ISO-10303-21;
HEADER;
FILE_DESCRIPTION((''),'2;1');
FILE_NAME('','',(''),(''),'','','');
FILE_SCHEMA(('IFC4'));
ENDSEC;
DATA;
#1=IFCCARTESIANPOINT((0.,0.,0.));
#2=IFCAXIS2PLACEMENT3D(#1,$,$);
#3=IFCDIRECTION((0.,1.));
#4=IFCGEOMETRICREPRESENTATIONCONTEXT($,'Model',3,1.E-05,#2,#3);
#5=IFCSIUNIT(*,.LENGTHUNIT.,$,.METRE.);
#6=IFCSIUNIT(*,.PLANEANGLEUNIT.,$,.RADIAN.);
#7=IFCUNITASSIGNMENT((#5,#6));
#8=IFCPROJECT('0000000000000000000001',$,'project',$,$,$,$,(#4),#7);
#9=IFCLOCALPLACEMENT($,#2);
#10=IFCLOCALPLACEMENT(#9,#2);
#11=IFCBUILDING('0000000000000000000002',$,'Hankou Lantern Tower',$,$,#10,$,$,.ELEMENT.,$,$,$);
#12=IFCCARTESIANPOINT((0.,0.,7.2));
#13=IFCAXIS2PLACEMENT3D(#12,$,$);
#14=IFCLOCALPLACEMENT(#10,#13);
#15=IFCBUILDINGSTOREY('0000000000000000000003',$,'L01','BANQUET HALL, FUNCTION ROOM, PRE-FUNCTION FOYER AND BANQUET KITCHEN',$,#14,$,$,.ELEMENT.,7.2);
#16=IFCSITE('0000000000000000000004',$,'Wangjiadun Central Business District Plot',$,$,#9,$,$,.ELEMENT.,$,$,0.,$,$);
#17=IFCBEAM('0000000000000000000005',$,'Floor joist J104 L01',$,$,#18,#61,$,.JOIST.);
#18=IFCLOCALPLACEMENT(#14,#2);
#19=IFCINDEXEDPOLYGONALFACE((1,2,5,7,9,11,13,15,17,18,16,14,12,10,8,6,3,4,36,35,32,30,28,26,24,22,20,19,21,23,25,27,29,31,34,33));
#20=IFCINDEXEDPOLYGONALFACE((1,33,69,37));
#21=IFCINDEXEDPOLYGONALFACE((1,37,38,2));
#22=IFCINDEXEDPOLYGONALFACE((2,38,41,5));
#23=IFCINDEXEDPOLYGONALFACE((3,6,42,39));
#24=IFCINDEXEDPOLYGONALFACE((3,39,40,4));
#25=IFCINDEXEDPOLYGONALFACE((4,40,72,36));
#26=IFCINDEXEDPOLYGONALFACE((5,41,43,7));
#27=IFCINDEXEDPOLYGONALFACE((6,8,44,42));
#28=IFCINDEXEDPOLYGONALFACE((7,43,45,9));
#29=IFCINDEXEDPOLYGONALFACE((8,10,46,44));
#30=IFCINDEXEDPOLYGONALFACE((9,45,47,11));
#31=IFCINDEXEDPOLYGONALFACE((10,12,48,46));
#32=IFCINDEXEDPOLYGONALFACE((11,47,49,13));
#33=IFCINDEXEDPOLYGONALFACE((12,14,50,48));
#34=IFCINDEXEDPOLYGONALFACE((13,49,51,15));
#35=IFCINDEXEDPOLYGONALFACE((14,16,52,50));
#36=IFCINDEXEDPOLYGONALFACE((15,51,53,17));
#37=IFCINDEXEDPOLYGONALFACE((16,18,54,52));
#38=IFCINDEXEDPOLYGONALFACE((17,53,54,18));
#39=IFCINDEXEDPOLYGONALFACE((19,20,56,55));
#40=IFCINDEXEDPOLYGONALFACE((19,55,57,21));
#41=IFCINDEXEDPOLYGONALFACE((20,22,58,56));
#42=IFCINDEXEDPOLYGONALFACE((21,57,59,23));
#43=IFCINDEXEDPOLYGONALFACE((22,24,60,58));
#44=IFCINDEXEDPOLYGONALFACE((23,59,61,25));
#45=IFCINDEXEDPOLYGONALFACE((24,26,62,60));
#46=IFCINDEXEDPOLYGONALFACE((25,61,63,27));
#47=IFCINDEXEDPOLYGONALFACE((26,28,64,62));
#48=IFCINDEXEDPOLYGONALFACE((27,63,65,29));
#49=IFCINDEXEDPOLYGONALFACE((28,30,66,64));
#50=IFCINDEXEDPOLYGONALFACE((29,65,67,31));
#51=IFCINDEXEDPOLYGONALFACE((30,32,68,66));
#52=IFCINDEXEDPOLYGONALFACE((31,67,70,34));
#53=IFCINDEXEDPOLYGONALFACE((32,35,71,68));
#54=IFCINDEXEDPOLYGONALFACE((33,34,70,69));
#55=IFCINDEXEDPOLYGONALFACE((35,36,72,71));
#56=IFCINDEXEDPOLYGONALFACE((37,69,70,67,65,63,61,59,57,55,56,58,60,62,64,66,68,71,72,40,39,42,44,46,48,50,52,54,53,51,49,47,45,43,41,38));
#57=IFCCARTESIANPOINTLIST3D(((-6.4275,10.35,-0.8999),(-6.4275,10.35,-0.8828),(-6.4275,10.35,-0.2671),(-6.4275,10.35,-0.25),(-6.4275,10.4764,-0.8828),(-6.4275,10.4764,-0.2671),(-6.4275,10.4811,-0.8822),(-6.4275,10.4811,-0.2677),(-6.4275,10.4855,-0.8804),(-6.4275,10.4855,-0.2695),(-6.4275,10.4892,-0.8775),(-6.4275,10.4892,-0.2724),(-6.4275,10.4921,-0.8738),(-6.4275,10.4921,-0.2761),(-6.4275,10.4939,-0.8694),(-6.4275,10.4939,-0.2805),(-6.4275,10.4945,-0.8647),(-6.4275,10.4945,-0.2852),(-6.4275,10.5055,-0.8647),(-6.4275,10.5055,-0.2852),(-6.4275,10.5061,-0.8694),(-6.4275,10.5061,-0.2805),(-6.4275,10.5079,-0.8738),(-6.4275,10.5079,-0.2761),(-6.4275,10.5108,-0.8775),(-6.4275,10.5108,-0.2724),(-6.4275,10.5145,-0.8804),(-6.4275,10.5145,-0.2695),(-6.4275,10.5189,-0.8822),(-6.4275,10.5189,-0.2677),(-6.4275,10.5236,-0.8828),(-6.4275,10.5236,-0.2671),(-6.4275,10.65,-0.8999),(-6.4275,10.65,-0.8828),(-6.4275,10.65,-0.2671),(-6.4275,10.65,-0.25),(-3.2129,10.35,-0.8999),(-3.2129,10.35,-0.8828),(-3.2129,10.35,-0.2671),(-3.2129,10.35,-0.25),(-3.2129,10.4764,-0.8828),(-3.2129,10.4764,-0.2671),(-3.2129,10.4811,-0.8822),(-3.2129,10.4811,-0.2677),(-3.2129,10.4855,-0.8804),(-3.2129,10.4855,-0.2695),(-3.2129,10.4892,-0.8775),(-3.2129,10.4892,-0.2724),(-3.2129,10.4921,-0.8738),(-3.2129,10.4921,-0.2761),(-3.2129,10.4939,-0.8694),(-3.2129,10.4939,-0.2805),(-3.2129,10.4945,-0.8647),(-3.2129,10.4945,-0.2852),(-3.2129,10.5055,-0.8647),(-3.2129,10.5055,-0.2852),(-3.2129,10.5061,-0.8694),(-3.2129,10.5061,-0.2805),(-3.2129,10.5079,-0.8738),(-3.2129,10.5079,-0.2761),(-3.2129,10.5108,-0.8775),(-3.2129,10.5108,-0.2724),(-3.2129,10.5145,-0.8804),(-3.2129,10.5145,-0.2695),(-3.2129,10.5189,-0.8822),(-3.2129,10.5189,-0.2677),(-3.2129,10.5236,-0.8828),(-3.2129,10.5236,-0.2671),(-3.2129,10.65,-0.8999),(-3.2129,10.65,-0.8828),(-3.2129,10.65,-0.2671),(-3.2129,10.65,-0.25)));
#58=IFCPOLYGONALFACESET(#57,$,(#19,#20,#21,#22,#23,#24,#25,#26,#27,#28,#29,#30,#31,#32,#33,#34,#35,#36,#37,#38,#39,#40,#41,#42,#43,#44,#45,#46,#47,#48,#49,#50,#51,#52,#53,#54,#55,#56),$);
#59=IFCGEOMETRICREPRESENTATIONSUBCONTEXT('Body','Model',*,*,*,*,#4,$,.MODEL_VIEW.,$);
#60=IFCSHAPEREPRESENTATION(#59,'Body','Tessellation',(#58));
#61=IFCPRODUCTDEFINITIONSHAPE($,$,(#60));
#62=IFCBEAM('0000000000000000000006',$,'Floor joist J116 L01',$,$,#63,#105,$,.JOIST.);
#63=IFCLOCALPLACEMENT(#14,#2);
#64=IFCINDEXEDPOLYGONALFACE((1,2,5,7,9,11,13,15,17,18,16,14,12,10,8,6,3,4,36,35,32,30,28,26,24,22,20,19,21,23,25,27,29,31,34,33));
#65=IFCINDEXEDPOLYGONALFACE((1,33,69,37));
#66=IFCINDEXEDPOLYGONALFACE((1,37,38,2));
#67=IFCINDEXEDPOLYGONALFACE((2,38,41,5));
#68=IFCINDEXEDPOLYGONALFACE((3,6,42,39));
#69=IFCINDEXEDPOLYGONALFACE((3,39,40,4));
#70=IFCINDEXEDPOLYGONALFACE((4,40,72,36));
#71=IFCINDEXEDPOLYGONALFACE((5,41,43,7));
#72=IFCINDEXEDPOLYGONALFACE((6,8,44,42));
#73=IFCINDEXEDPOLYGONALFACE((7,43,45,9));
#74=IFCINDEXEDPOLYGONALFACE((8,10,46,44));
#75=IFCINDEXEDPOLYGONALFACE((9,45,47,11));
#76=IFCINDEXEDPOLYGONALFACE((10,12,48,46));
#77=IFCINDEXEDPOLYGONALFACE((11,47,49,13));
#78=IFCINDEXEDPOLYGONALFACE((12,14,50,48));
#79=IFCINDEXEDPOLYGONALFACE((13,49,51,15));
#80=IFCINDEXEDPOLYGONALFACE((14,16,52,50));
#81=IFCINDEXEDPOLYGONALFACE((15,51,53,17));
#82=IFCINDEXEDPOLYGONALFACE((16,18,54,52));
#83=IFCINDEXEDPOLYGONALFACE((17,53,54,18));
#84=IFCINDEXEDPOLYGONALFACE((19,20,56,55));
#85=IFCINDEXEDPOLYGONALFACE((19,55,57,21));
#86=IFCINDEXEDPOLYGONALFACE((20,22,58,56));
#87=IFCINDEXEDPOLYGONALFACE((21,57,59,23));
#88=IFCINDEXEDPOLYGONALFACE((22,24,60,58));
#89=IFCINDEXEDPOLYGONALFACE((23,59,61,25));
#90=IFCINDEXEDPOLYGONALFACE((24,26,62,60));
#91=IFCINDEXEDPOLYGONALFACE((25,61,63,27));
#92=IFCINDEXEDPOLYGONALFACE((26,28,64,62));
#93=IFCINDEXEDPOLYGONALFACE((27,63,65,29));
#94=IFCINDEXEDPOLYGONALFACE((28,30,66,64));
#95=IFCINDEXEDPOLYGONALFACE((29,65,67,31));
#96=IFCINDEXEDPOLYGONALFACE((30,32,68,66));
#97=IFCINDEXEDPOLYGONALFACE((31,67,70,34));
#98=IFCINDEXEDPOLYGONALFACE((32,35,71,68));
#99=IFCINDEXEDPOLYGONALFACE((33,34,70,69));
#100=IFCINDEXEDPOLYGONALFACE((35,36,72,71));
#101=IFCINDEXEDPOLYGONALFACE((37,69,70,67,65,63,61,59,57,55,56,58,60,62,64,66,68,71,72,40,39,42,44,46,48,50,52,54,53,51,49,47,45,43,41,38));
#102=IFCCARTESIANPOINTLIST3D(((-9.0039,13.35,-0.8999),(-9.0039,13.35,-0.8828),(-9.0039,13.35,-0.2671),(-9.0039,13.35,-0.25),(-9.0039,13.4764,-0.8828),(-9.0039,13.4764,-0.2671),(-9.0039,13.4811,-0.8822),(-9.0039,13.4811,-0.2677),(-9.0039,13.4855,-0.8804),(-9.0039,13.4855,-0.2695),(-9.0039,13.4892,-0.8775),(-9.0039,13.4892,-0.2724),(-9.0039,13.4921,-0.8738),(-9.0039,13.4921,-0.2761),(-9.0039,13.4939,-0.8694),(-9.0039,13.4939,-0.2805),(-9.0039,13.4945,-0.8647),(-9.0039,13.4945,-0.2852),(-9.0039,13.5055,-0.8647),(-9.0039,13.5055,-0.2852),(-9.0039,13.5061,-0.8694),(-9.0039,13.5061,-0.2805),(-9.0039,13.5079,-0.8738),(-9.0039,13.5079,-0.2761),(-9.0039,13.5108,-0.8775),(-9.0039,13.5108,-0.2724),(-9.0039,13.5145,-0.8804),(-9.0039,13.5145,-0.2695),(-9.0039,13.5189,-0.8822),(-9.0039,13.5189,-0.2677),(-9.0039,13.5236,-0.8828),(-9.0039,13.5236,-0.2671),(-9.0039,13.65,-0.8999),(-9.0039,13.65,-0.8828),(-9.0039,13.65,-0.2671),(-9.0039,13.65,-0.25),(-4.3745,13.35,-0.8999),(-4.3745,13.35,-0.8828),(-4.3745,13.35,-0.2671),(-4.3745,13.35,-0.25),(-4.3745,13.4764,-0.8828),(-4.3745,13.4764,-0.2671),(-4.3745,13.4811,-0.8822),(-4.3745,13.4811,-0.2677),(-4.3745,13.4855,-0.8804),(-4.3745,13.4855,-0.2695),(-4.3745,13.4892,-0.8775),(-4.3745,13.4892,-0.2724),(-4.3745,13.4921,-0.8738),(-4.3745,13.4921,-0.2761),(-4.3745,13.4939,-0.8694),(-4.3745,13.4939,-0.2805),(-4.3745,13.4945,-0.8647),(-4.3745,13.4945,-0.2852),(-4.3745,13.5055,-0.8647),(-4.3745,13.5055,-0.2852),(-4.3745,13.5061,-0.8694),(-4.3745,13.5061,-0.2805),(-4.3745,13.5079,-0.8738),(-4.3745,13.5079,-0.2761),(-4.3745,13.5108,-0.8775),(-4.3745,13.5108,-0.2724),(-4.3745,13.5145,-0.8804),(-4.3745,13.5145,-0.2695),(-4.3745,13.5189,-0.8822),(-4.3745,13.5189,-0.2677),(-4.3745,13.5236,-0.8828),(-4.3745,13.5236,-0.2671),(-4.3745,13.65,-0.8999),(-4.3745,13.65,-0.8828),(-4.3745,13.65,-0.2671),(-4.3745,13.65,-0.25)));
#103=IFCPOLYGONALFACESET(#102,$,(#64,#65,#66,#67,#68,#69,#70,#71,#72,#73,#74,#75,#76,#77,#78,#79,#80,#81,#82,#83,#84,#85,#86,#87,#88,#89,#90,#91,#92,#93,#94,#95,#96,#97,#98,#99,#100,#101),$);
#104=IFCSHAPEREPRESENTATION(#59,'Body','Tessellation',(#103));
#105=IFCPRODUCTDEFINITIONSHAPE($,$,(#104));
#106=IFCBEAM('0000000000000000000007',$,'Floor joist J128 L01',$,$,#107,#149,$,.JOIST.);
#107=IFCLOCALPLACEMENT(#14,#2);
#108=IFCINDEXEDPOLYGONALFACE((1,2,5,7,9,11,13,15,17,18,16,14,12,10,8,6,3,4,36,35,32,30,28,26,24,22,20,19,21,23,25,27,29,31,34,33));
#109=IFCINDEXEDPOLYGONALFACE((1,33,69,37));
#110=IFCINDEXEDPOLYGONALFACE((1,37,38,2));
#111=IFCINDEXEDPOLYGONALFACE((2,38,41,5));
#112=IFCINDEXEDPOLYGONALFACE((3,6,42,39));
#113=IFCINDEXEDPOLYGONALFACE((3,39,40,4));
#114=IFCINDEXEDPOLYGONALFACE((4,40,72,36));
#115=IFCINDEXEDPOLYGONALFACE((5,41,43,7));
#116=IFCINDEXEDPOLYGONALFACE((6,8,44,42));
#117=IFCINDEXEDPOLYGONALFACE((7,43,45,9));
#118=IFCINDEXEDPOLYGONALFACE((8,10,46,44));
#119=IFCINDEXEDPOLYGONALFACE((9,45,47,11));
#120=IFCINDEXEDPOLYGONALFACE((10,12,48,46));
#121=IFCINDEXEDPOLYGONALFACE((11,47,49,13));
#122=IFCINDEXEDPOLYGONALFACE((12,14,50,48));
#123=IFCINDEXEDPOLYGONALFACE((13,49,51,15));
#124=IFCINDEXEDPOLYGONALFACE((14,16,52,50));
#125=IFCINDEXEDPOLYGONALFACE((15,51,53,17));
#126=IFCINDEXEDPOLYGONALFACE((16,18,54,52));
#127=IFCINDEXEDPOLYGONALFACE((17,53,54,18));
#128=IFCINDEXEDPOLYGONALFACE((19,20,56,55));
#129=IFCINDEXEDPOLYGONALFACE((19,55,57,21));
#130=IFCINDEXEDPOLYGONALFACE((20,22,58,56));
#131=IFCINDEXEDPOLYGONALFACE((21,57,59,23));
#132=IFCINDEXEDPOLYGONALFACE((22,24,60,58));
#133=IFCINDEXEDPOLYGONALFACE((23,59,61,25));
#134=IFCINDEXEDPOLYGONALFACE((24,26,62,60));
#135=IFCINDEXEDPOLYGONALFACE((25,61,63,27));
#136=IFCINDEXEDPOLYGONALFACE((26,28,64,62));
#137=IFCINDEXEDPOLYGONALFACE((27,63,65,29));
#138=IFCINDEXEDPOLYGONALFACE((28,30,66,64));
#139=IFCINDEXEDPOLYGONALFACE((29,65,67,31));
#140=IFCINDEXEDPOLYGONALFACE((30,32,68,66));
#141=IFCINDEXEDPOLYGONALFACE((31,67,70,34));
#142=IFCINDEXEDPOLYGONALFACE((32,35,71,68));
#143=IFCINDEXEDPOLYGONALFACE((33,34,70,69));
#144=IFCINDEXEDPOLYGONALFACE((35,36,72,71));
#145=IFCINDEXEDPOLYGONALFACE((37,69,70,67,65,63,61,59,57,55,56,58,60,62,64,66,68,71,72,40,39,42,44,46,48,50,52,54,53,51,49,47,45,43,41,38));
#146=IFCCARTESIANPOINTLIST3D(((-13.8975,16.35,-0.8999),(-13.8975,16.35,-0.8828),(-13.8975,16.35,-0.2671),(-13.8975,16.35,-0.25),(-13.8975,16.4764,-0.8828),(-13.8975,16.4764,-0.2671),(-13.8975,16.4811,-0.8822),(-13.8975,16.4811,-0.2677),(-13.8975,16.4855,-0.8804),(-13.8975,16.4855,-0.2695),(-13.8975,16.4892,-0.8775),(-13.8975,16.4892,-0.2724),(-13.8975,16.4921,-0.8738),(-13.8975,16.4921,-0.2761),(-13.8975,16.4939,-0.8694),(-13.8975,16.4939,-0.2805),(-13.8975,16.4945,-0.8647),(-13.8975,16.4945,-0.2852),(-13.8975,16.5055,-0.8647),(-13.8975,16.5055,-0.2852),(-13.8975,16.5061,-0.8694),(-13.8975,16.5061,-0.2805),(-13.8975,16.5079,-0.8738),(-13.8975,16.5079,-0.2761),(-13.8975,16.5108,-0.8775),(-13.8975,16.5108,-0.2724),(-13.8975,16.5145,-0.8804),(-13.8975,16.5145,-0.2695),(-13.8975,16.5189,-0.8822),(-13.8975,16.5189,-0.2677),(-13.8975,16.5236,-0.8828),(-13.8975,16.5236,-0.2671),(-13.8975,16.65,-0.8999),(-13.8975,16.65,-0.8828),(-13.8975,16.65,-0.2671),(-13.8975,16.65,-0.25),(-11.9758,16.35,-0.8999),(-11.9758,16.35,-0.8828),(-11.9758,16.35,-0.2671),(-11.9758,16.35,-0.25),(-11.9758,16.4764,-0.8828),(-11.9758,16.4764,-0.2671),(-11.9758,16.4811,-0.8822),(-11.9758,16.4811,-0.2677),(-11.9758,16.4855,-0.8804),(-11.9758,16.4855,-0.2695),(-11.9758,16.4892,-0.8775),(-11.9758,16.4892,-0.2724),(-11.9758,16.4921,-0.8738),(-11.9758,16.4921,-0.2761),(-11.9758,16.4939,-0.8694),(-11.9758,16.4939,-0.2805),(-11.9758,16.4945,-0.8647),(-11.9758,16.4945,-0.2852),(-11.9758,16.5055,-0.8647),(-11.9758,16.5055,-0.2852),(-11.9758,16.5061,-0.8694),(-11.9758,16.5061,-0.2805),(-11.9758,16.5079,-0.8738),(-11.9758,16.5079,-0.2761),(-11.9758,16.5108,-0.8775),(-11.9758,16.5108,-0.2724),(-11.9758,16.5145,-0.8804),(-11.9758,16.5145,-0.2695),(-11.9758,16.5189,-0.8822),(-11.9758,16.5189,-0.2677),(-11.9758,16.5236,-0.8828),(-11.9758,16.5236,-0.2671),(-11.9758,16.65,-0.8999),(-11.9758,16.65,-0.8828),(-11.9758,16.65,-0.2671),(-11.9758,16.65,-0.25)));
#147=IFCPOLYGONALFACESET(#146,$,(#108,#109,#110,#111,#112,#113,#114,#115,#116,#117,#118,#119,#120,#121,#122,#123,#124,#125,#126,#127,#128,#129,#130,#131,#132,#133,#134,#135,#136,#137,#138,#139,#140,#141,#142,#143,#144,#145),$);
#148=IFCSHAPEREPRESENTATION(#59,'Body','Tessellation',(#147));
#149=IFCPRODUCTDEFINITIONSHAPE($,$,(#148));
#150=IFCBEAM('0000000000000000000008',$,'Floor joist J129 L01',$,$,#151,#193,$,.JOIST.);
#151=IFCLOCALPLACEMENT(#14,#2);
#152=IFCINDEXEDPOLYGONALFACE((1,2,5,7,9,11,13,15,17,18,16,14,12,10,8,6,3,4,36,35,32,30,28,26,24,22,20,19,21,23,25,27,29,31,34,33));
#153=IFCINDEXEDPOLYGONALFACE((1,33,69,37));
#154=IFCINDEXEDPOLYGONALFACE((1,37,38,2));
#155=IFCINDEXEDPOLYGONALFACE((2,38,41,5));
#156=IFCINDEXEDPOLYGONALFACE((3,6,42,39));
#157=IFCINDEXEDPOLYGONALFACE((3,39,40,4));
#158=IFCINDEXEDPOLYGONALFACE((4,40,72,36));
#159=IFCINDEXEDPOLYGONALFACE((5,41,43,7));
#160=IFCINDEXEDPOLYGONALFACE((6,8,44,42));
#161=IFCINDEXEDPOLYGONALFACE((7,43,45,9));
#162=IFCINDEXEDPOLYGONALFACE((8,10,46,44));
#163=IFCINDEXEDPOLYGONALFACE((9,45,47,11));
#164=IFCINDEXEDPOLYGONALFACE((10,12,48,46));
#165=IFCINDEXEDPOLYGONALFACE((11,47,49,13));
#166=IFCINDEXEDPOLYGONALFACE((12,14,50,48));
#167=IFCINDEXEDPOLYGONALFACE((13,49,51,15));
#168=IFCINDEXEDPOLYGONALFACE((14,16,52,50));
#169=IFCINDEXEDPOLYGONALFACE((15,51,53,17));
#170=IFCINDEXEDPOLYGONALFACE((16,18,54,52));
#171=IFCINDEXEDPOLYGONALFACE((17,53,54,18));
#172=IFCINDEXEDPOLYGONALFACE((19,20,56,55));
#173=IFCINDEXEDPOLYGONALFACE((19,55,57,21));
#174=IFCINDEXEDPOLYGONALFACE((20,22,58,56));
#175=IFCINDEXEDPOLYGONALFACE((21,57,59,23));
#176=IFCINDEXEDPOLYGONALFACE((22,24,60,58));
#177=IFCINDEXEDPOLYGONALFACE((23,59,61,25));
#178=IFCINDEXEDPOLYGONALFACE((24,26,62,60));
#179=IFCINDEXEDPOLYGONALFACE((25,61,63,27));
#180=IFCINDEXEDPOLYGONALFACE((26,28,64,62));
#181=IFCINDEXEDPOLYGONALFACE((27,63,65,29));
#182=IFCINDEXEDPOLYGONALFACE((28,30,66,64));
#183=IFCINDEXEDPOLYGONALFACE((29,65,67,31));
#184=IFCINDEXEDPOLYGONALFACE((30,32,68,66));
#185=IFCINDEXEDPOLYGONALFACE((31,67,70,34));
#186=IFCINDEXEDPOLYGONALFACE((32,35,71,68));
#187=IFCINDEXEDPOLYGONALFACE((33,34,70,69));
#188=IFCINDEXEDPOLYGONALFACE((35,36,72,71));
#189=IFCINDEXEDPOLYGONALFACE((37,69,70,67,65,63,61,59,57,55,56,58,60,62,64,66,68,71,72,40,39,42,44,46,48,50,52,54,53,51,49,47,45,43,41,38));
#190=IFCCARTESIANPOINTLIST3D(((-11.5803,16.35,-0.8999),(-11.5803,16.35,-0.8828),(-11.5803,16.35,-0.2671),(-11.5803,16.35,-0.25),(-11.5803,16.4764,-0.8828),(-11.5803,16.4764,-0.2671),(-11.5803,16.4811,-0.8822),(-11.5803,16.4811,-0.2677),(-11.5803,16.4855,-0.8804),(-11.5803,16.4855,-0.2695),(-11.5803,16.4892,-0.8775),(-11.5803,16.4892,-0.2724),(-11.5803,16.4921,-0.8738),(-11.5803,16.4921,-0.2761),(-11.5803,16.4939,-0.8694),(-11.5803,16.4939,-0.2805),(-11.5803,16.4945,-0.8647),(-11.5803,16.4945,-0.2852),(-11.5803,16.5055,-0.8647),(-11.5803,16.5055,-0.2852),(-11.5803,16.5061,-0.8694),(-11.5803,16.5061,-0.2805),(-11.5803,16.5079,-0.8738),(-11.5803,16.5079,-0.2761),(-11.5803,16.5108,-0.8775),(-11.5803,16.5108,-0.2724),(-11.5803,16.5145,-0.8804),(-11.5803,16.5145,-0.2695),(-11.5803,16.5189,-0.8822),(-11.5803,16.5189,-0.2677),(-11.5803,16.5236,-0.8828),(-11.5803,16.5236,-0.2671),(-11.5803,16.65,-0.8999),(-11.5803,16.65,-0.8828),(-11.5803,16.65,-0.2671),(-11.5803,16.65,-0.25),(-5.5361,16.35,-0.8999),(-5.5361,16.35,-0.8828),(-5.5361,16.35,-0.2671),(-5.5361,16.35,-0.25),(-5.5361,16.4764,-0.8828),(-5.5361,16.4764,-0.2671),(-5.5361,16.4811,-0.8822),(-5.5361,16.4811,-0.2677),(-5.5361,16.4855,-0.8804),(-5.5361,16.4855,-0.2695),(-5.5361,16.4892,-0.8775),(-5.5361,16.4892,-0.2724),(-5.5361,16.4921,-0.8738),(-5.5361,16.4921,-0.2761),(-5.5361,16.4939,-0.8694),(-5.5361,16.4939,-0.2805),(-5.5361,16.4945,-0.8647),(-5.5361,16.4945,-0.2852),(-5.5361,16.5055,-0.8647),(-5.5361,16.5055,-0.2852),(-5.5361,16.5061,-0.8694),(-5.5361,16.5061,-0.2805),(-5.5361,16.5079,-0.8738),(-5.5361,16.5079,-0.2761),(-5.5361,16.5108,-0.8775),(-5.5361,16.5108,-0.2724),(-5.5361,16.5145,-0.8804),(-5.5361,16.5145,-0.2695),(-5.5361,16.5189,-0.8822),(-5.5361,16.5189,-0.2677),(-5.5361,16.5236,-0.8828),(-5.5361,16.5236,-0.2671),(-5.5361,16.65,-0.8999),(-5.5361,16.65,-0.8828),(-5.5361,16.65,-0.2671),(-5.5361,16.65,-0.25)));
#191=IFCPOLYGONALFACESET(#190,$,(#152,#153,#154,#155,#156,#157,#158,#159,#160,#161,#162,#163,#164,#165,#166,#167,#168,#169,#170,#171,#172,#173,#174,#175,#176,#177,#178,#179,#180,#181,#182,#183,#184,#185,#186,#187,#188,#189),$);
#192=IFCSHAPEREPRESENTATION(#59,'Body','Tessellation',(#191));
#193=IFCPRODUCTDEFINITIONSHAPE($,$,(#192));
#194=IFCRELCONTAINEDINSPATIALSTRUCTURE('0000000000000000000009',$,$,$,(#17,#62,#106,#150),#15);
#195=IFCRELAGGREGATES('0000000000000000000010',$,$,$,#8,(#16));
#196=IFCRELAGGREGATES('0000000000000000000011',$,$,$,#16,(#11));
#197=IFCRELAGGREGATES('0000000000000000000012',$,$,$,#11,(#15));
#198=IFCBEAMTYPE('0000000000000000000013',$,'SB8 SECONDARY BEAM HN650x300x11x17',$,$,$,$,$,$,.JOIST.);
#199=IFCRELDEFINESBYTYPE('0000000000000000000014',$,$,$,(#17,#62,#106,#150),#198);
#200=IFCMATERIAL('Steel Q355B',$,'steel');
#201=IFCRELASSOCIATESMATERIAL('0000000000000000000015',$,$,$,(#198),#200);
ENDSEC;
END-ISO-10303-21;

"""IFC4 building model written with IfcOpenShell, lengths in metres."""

from ifc_helpers import new_model, si_unit, direction, frame, origin, origin_2d, place, context, subcontext, project, spatial, i_section, extrude, material, material_profile, profile_set, type_object, element, save


model = new_model("IFC4")

# Units and contexts
model_context = context("Model", 3, precision=1e-05, world=origin(), true_north=direction((0.0, 1.0)))
body_context = subcontext(model_context, "Body", "Model", "MODEL_VIEW")
ifc_project = project(units=[si_unit("LENGTHUNIT", "METRE"), si_unit("PLANEANGLEUNIT", "RADIAN")], contexts=[model_context])

# Site, building, storey
site_placement = place(None, origin())
site = spatial("IfcSite", under=ifc_project, at=site_placement, Name="Wangjiadun Central Business District Plot", CompositionType="ELEMENT", RefElevation=0.0)
building_placement = place(site_placement, origin())
building = spatial("IfcBuilding", under=site, at=building_placement, Name="Hankou Lantern Tower", CompositionType="ELEMENT")
storey_placement = place(building_placement, frame((0.0, 0.0, 7.2)))
storey = spatial("IfcBuildingStorey", under=building, at=storey_placement, Name="L01", Description="BANQUET HALL, FUNCTION ROOM, PRE-FUNCTION FOYER AND BANQUET KITCHEN", CompositionType="ELEMENT", Elevation=7.2)

# Beams
ifc_material_1 = material(Name="Steel Q355B", Category="steel")
ifc_material_profile_1 = material_profile(ifc_material_1, i_section(OverallWidth=0.3, OverallDepth=0.6499, WebThickness=0.011, FlangeThickness=0.0171, FilletRadius=0.0181, at=origin_2d()), Name="HN650x300x11x17")
ifc_profile_set_1 = profile_set([ifc_material_profile_1], Name="Steel Q355B")
beam_type_1 = type_object("IfcBeamType", Name="SB8 SECONDARY BEAM HN650x300x11x17", PredefinedType="JOIST", material=ifc_profile_set_1)
beam_1_placement = place(storey_placement, frame((-6.4275, 10.5, -0.575), z_axis=(1.0, 0.0, 0.0), x_axis=(0.0, 1.0, 0.0)))
element("IfcBeam", 1, at=beam_1_placement, inside=storey, type_object=beam_type_1, Name="Floor joist J104 L01", PredefinedType="JOIST", context=body_context, shape_type="SweptSolid", body=[
    extrude(i_section(OverallWidth=0.3, OverallDepth=0.6499, WebThickness=0.011, FlangeThickness=0.0171, FilletRadius=0.0181, at=origin_2d()), origin(), (0.0, 0.0, 1.0), 3.2146),
])
beam_2_placement = place(storey_placement, frame((-9.0039, 13.5, -0.575), z_axis=(1.0, 0.0, 0.0), x_axis=(0.0, 1.0, 0.0)))
element("IfcBeam", 2, at=beam_2_placement, inside=storey, type_object=beam_type_1, Name="Floor joist J116 L01", PredefinedType="JOIST", context=body_context, shape_type="SweptSolid", body=[
    extrude(i_section(OverallWidth=0.3, OverallDepth=0.6499, WebThickness=0.011, FlangeThickness=0.0171, FilletRadius=0.0181, at=origin_2d()), origin(), (0.0, 0.0, 1.0), 4.6294),
])
beam_3_placement = place(storey_placement, frame((-13.8975, 16.5, -0.575), z_axis=(1.0, 0.0, 0.0), x_axis=(0.0, 1.0, 0.0)))
element("IfcBeam", 3, at=beam_3_placement, inside=storey, type_object=beam_type_1, Name="Floor joist J128 L01", PredefinedType="JOIST", context=body_context, shape_type="SweptSolid", body=[
    extrude(i_section(OverallWidth=0.3, OverallDepth=0.6499, WebThickness=0.011, FlangeThickness=0.0171, FilletRadius=0.0181, at=origin_2d()), origin(), (0.0, 0.0, 1.0), 1.9216),
])
beam_4_placement = place(storey_placement, frame((-11.5803, 16.5, -0.575), z_axis=(1.0, 0.0, 0.0), x_axis=(0.0, 1.0, 0.0)))
element("IfcBeam", 4, at=beam_4_placement, inside=storey, type_object=beam_type_1, Name="Floor joist J129 L01", PredefinedType="JOIST", context=body_context, shape_type="SweptSolid", body=[
    extrude(i_section(OverallWidth=0.3, OverallDepth=0.6499, WebThickness=0.011, FlangeThickness=0.0171, FilletRadius=0.0181, at=origin_2d()), origin(), (0.0, 0.0, 1.0), 6.0442),
])

save(model, "model.ifc")
